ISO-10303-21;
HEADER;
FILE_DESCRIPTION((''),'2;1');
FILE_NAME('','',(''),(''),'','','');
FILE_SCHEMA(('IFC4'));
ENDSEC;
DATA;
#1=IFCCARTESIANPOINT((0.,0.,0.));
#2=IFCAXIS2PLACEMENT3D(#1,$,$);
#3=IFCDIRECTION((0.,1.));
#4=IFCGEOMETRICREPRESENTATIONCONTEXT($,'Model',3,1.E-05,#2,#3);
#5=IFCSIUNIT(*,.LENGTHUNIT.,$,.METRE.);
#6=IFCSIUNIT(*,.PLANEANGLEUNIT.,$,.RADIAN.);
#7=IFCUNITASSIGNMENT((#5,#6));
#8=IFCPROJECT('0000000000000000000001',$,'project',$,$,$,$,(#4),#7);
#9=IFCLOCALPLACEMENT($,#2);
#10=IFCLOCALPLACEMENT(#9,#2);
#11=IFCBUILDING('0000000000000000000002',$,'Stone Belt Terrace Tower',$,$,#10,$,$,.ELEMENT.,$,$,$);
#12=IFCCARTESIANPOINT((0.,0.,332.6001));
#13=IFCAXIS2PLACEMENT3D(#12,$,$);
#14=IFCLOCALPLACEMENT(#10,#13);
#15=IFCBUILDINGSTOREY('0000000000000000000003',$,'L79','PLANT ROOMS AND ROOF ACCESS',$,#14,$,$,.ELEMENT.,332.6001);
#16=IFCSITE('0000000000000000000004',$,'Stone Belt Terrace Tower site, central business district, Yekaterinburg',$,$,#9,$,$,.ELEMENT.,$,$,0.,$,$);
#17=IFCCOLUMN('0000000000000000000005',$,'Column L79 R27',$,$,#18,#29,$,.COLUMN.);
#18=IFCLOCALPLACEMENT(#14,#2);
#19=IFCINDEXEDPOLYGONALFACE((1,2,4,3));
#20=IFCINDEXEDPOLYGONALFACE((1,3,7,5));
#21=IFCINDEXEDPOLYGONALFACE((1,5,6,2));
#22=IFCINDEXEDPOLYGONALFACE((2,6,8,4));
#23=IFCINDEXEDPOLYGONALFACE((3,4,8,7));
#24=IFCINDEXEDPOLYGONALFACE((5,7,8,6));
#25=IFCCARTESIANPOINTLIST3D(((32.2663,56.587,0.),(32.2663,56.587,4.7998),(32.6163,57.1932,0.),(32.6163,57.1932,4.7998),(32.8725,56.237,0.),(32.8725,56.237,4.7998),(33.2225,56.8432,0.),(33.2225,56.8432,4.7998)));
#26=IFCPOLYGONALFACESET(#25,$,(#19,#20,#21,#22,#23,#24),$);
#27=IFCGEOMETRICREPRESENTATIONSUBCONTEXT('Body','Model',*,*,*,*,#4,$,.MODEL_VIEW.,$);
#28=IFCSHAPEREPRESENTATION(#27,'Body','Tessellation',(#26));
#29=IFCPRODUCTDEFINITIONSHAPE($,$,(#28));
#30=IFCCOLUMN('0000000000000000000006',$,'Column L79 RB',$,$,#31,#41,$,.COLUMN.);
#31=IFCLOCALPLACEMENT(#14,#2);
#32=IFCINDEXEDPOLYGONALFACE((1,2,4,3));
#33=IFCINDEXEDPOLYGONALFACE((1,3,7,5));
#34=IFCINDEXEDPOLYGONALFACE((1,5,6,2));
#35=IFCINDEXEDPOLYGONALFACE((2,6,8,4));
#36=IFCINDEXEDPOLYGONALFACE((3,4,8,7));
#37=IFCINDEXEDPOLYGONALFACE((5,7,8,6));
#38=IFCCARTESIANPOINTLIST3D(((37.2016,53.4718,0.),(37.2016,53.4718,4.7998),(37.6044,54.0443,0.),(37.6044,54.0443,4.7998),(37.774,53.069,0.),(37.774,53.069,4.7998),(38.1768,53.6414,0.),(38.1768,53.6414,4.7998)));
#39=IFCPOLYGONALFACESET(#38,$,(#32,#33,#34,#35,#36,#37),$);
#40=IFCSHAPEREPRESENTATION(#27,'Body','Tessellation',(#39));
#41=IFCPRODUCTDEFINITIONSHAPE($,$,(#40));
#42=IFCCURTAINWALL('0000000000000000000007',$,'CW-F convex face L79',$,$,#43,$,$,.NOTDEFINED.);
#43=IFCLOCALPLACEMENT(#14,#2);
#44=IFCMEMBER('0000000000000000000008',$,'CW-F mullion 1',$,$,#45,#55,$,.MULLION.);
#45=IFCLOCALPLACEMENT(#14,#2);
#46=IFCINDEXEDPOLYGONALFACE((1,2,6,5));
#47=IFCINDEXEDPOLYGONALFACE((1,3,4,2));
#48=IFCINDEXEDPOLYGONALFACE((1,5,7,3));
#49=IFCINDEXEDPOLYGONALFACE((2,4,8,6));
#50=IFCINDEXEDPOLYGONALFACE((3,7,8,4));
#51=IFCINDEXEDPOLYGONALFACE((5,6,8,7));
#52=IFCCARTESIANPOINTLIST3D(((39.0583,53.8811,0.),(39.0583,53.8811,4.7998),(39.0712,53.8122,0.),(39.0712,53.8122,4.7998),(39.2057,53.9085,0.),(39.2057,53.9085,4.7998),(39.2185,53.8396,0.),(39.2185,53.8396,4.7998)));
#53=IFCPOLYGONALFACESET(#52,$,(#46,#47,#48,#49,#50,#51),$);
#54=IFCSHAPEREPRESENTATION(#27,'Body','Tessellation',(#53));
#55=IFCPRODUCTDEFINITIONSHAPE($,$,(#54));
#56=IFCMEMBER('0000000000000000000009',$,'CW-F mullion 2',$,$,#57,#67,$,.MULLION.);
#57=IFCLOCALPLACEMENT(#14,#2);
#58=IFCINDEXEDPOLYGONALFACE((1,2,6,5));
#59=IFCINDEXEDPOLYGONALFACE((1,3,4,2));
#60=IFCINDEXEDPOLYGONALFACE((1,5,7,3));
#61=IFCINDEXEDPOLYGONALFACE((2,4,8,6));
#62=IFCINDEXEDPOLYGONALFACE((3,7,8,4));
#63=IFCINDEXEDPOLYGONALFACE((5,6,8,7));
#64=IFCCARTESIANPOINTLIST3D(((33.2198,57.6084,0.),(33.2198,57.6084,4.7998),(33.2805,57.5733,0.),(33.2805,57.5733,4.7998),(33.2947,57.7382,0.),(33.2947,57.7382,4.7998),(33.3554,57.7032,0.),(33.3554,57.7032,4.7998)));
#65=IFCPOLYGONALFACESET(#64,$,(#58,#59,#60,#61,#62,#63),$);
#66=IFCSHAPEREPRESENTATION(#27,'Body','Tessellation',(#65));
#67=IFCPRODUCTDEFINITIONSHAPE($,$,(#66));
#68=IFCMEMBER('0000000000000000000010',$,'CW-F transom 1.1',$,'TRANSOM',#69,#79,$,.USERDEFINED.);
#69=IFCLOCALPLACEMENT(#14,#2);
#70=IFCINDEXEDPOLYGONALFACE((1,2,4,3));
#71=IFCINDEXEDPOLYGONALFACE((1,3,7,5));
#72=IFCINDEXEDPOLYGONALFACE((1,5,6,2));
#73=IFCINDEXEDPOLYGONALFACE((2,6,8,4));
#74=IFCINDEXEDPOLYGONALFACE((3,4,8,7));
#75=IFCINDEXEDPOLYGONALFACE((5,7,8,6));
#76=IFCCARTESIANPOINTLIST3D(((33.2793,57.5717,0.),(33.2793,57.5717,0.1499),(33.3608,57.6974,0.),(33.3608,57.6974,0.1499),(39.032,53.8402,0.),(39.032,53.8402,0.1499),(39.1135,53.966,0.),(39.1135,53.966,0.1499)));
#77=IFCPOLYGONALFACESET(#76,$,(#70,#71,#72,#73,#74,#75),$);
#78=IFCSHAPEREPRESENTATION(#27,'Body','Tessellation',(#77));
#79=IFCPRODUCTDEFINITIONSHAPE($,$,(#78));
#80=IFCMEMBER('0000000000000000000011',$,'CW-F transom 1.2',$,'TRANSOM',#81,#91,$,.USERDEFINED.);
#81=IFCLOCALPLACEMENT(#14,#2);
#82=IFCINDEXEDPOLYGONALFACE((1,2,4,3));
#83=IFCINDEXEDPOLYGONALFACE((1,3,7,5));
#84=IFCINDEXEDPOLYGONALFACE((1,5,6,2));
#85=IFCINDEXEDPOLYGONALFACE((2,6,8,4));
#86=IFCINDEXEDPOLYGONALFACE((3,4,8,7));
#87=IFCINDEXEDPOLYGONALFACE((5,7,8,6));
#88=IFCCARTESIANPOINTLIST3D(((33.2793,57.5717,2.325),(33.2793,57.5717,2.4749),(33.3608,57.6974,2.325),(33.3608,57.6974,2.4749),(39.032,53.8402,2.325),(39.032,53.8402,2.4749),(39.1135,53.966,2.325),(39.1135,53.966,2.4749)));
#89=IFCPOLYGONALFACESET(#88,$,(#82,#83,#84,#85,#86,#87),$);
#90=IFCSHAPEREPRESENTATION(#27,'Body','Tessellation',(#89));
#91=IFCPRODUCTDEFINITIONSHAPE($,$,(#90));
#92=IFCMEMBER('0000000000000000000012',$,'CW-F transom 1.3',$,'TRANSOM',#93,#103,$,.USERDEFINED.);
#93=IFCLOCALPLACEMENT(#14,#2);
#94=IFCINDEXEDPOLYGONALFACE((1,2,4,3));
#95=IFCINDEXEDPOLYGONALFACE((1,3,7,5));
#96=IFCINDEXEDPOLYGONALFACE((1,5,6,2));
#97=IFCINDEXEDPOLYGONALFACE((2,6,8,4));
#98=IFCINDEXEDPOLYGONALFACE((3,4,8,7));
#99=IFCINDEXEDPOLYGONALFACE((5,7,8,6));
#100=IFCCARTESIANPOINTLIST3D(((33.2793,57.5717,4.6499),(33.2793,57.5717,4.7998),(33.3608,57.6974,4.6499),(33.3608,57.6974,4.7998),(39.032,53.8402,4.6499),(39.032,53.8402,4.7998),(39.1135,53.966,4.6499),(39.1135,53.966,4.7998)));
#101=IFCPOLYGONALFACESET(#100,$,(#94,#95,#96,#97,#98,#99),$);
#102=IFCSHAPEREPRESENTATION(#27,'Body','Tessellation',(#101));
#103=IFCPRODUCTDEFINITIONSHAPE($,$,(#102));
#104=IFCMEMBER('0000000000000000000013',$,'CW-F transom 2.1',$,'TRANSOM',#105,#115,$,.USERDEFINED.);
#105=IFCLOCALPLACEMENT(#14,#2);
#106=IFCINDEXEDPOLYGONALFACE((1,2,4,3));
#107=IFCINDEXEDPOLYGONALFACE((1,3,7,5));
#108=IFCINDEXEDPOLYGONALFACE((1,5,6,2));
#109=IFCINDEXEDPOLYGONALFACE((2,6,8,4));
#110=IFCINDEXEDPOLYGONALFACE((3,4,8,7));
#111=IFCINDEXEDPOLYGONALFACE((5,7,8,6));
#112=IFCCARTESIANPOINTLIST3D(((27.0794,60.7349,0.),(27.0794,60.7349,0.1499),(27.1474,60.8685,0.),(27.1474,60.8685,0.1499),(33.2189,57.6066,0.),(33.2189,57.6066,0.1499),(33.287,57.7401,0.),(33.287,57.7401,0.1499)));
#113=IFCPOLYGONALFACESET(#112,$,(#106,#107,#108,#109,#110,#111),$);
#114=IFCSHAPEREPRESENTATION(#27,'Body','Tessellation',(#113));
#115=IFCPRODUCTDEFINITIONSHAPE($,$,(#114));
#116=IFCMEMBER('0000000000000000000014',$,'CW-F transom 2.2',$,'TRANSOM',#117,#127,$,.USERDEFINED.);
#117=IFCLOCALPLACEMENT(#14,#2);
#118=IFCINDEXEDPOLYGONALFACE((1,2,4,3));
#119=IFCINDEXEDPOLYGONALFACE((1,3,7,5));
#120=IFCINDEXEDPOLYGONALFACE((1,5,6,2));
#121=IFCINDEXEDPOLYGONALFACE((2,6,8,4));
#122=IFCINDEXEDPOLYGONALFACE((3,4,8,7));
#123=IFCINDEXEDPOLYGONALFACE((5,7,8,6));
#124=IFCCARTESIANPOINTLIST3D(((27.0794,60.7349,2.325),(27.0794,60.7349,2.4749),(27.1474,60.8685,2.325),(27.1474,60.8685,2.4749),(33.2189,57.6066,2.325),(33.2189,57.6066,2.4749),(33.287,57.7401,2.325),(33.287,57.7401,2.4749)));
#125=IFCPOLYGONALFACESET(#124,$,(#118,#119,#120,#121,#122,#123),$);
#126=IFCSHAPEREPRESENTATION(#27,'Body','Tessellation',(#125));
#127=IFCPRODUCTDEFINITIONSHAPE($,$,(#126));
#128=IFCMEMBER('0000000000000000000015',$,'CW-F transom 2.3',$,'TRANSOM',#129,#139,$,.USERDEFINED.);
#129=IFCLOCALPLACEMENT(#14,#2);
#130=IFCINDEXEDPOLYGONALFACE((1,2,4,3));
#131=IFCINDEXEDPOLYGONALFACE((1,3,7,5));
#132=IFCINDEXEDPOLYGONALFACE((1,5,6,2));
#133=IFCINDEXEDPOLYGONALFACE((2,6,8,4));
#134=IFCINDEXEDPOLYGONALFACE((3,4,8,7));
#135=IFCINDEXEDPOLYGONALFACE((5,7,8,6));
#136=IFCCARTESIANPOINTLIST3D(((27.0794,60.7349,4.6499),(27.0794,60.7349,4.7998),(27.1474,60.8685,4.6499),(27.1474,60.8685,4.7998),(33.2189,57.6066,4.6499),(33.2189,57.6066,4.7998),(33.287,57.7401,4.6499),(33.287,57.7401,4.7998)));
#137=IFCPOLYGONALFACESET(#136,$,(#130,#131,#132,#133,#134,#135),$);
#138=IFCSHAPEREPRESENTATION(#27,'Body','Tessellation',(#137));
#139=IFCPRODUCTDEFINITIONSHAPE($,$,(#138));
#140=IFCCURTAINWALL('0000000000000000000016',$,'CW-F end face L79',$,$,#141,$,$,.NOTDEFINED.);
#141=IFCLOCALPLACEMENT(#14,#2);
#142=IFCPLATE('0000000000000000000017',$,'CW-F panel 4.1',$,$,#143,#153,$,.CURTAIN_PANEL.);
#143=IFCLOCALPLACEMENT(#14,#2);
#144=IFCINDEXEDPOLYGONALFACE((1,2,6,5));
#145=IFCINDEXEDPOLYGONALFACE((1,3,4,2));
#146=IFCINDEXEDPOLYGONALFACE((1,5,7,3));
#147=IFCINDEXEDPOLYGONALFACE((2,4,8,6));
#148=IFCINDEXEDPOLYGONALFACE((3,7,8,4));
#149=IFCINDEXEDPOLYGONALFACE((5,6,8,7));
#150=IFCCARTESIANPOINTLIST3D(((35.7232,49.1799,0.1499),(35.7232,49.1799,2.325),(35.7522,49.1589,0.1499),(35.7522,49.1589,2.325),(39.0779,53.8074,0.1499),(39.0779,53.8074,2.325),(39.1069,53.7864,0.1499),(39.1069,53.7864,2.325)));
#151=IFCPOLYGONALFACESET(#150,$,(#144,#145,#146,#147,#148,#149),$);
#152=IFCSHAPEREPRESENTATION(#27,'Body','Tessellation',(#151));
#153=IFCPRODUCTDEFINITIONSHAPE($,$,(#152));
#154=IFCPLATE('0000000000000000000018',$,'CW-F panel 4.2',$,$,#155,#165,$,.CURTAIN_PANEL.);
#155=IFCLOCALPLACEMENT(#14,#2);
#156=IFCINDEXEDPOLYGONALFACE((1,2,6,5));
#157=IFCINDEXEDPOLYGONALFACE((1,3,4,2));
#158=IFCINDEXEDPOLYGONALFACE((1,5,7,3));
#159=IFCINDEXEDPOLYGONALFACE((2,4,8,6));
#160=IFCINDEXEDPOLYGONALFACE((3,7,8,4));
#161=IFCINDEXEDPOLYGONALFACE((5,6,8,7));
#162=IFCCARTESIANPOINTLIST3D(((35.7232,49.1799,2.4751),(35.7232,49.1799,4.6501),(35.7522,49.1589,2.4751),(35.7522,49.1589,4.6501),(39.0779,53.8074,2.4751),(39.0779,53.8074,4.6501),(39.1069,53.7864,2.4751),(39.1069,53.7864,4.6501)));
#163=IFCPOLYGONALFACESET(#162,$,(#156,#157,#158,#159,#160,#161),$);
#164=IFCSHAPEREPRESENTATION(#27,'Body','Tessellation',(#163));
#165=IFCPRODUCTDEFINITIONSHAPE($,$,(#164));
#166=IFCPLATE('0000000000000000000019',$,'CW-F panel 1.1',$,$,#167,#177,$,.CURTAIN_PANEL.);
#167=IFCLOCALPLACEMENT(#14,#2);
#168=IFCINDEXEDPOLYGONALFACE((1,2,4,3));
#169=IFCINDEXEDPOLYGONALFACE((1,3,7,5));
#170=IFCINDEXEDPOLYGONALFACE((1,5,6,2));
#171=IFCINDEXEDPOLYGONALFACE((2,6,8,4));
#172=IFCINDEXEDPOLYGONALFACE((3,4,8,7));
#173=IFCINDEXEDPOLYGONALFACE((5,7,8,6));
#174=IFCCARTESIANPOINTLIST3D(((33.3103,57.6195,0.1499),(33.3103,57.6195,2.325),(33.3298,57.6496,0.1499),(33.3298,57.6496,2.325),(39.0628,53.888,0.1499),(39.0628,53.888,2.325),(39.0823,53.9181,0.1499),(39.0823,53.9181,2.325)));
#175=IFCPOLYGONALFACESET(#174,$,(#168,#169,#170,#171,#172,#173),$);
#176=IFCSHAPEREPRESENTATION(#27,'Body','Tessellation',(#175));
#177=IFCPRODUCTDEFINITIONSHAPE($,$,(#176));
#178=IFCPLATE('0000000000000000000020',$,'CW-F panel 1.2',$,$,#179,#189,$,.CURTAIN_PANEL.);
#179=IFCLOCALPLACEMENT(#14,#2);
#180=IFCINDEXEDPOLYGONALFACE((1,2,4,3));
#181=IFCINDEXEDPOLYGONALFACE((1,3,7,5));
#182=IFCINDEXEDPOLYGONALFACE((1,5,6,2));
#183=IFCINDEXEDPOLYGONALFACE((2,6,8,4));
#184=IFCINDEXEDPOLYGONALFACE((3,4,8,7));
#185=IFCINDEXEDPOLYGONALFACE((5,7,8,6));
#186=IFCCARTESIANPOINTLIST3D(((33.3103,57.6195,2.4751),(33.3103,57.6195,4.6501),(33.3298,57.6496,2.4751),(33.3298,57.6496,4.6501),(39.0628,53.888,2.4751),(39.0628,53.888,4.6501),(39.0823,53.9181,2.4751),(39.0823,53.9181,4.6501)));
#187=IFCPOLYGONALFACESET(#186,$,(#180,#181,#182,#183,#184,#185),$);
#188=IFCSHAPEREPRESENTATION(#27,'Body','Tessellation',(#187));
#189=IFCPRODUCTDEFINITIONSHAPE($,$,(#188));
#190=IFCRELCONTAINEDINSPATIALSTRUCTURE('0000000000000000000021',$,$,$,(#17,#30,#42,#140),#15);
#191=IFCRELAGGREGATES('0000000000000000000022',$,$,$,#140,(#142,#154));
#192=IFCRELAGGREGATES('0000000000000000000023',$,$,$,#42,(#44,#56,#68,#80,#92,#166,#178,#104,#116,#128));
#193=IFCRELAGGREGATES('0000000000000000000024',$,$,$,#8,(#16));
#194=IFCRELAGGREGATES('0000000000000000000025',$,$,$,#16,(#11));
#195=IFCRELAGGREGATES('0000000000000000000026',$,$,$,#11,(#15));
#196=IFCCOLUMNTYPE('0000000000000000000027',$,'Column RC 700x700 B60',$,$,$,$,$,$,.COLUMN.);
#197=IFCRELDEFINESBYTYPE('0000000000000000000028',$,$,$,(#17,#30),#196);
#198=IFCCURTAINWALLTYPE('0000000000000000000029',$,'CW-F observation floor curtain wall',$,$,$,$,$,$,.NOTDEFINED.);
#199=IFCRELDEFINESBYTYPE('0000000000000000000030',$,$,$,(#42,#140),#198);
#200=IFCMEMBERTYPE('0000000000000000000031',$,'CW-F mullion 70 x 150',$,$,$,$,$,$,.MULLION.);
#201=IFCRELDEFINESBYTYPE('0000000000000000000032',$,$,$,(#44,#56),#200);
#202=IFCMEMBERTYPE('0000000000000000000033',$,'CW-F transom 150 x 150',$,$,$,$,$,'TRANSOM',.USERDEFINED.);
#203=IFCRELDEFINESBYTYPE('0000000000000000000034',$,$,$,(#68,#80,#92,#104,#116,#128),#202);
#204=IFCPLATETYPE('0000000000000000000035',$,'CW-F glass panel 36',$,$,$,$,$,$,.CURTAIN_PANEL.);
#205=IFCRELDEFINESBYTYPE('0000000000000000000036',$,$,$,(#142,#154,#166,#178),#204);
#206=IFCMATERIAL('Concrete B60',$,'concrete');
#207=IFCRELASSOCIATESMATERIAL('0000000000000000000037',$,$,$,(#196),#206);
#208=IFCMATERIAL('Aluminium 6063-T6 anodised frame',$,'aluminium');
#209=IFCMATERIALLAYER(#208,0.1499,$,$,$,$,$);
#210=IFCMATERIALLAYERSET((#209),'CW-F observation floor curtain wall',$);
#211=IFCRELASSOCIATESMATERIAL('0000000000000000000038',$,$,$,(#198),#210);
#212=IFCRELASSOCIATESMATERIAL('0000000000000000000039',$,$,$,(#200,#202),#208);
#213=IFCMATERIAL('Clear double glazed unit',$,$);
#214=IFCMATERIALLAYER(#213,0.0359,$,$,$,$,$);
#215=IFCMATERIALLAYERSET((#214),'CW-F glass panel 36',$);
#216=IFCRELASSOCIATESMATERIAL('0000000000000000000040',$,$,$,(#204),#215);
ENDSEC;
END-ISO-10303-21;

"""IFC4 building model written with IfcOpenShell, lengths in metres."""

from ifc_helpers import new_model, si_unit, direction, frame, origin, origin_2d, place, context, subcontext, project, spatial, rectangle, extrude, material, layer, layer_set, material_profile, profile_set, type_object, element, aggregate, save


model = new_model("IFC4")

# Units and contexts
model_context = context("Model", 3, precision=1e-05, world=origin(), true_north=direction((0.0, 1.0)))
body_context = subcontext(model_context, "Body", "Model", "MODEL_VIEW")
ifc_project = project(units=[si_unit("LENGTHUNIT", "METRE"), si_unit("PLANEANGLEUNIT", "RADIAN")], contexts=[model_context])

# Site, building, storey
site_placement = place(None, origin())
site = spatial("IfcSite", under=ifc_project, at=site_placement, Name="Stone Belt Terrace Tower site, central business district, Yekaterinburg", CompositionType="ELEMENT", RefElevation=0.0)
building_placement = place(site_placement, origin())
building = spatial("IfcBuilding", under=site, at=building_placement, Name="Stone Belt Terrace Tower", CompositionType="ELEMENT")
storey_placement = place(building_placement, frame((0.0, 0.0, 332.6001)))
storey = spatial("IfcBuildingStorey", under=building, at=storey_placement, Name="L79", Description="PLANT ROOMS AND ROOF ACCESS", CompositionType="ELEMENT", Elevation=332.6001)

# Columns
ifc_material_1 = material(Name="Concrete B60", Category="concrete")
ifc_material_profile_1 = material_profile(ifc_material_1, rectangle(XDim=0.7, YDim=0.7, at=origin_2d()), Name="RC 700x700")
ifc_profile_set_1 = profile_set([ifc_material_profile_1], Name="Concrete B60")
column_type = type_object("IfcColumnType", Name="Column RC 700x700 B60", PredefinedType="COLUMN", material=ifc_profile_set_1)
for number, where, z_axis, x_axis, name in (
    (1, (32.7444, 56.7151, 0.0), (0.0, 0.0, 1.0), (0.866025, -0.5, 0.0), "Column L79 R27"),
    (2, (37.6892, 53.5566, 0.0), (0.0, 0.0, 1.0), (0.817796, -0.575508, 0.0), "Column L79 RB"),
):
    element("IfcColumn", number, at=place(storey_placement, frame(where, z_axis=z_axis, x_axis=x_axis)), inside=storey, type_object=column_type, Name=name, PredefinedType="COLUMN", context=body_context, shape_type="SweptSolid", body=[
        extrude(rectangle(XDim=0.7, YDim=0.7, at=origin_2d()), origin(), (0.0, 0.0, 1.0), 4.7998),
    ])

# Curtain wall, members
ifc_material_2 = material(Name="Aluminium 6063-T6 anodised frame", Category="aluminium")
ifc_layer_1 = layer(ifc_material_2, 0.1499)
ifc_layer_set_1 = layer_set([ifc_layer_1], Name="CW-F observation floor curtain wall")
curtain_wall_type = type_object("IfcCurtainWallType", Name="CW-F observation floor curtain wall", PredefinedType="NOTDEFINED", material=ifc_layer_set_1)
curtain_wall_1_placement = place(storey_placement, origin())
curtain_wall_1 = element("IfcCurtainWall", 3, at=curtain_wall_1_placement, inside=storey, type_object=curtain_wall_type, Name="CW-F convex face L79", PredefinedType="NOTDEFINED")
ifc_material_profile_2 = material_profile(ifc_material_2, rectangle(XDim=0.1499, YDim=0.0701, at=origin_2d()), Name="Aluminium 6063-T6 70x150")
ifc_profile_set_2 = profile_set([ifc_material_profile_2], Name="Aluminium 6063-T6 anodised frame")
member_type_1 = type_object("IfcMemberType", Name="CW-F mullion 70 x 150", PredefinedType="MULLION", material=ifc_profile_set_2)
member_1_placement = place(storey_placement, frame((39.1384, 53.8604, 0.0), z_axis=(0.0, 0.0, 1.0), x_axis=(-0.983112, -0.183007, 0.0)))
member_1 = element("IfcMember", 4, at=member_1_placement, type_object=member_type_1, Name="CW-F mullion 1", PredefinedType="MULLION", context=body_context, shape_type="SweptSolid", body=[
    extrude(rectangle(XDim=0.1499, YDim=0.0701, at=origin_2d()), origin(), (0.0, 0.0, 1.0), 4.7998),
])
member_2_placement = place(storey_placement, frame((33.2876, 57.6558, 0.0), z_axis=(0.0, 0.0, 1.0), x_axis=(-0.499774, -0.866156, 0.0)))
member_2 = element("IfcMember", 5, at=member_2_placement, type_object=member_type_1, Name="CW-F mullion 2", PredefinedType="MULLION", context=body_context, shape_type="SweptSolid", body=[
    extrude(rectangle(XDim=0.1499, YDim=0.0701, at=origin_2d()), origin(), (0.0, 0.0, 1.0), 4.7998),
])
ifc_material_profile_3 = material_profile(ifc_material_2, rectangle(XDim=0.1499, YDim=0.1499, at=origin_2d()), Name="Aluminium 6063-T6 150x150")
ifc_profile_set_3 = profile_set([ifc_material_profile_3], Name="Aluminium 6063-T6 anodised frame")
member_type_2 = type_object("IfcMemberType", Name="CW-F transom 150 x 150", ElementType="TRANSOM", PredefinedType="USERDEFINED", material=ifc_profile_set_3)
member_3_placement = place(storey_placement, frame((39.0728, 53.9031, 0.075), z_axis=(-0.838963, 0.544188, 0.0), x_axis=(-0.544188, -0.838963, 0.0)))
member_3 = element("IfcMember", 6, at=member_3_placement, type_object=member_type_2, Name="CW-F transom 1.1", ObjectType="TRANSOM", PredefinedType="USERDEFINED", context=body_context, shape_type="SweptSolid", body=[
    extrude(rectangle(XDim=0.1499, YDim=0.1499, at=origin_2d()), origin(), (0.0, 0.0, 1.0), 6.8569),
])
member_4_placement = place(storey_placement, frame((39.0728, 53.9031, 2.3999), z_axis=(-0.838963, 0.544188, 0.0), x_axis=(-0.544188, -0.838963, 0.0)))
member_4 = element("IfcMember", 7, at=member_4_placement, type_object=member_type_2, Name="CW-F transom 1.2", ObjectType="TRANSOM", PredefinedType="USERDEFINED", context=body_context, shape_type="SweptSolid", body=[
    extrude(rectangle(XDim=0.1499, YDim=0.1499, at=origin_2d()), origin(), (0.0, 0.0, 1.0), 6.8569),
])
member_5_placement = place(storey_placement, frame((39.0728, 53.9031, 4.7249), z_axis=(-0.838963, 0.544188, 0.0), x_axis=(-0.544188, -0.838963, 0.0)))
member_5 = element("IfcMember", 8, at=member_5_placement, type_object=member_type_2, Name="CW-F transom 1.3", ObjectType="TRANSOM", PredefinedType="USERDEFINED", context=body_context, shape_type="SweptSolid", body=[
    extrude(rectangle(XDim=0.1499, YDim=0.1499, at=origin_2d()), origin(), (0.0, 0.0, 1.0), 6.8569),
])
member_6_placement = place(storey_placement, frame((33.2529, 57.6733, 0.075), z_axis=(-0.891, 0.454003, 0.0), x_axis=(-0.454003, -0.891, 0.0)))
member_6 = element("IfcMember", 9, at=member_6_placement, type_object=member_type_2, Name="CW-F transom 2.1", ObjectType="TRANSOM", PredefinedType="USERDEFINED", context=body_context, shape_type="SweptSolid", body=[
    extrude(rectangle(XDim=0.1499, YDim=0.1499, at=origin_2d()), origin(), (0.0, 0.0, 1.0), 6.8906),
])
member_7_placement = place(storey_placement, frame((33.2529, 57.6733, 2.3999), z_axis=(-0.891, 0.454003, 0.0), x_axis=(-0.454003, -0.891, 0.0)))
member_7 = element("IfcMember", 10, at=member_7_placement, type_object=member_type_2, Name="CW-F transom 2.2", ObjectType="TRANSOM", PredefinedType="USERDEFINED", context=body_context, shape_type="SweptSolid", body=[
    extrude(rectangle(XDim=0.1499, YDim=0.1499, at=origin_2d()), origin(), (0.0, 0.0, 1.0), 6.8906),
])
member_8_placement = place(storey_placement, frame((33.2529, 57.6733, 4.7249), z_axis=(-0.891, 0.454003, 0.0), x_axis=(-0.454003, -0.891, 0.0)))
member_8 = element("IfcMember", 11, at=member_8_placement, type_object=member_type_2, Name="CW-F transom 2.3", ObjectType="TRANSOM", PredefinedType="USERDEFINED", context=body_context, shape_type="SweptSolid", body=[
    extrude(rectangle(XDim=0.1499, YDim=0.1499, at=origin_2d()), origin(), (0.0, 0.0, 1.0), 6.8906),
])

# Curtain wall, plates
curtain_wall_2_placement = place(storey_placement, origin())
curtain_wall_2 = element("IfcCurtainWall", 12, at=curtain_wall_2_placement, inside=storey, type_object=curtain_wall_type, Name="CW-F end face L79", PredefinedType="NOTDEFINED")
ifc_material_3 = material(Name="Clear double glazed unit")
ifc_layer_2 = layer(ifc_material_3, 0.0359)
ifc_layer_set_2 = layer_set([ifc_layer_2], Name="CW-F glass panel 36")
plate_type = type_object("IfcPlateType", Name="CW-F glass panel 36", PredefinedType="CURTAIN_PANEL", material=ifc_layer_set_2)
plate_1_placement = place(storey_placement, frame((37.415, 51.4832, 0.1499), z_axis=(0.0, 0.0, 1.0), x_axis=(0.586939, 0.809631, 0.0)))
plate_1 = element("IfcPlate", 13, at=plate_1_placement, type_object=plate_type, Name="CW-F panel 4.1", PredefinedType="CURTAIN_PANEL", context=body_context, shape_type="SweptSolid", body=[
    extrude(rectangle(XDim=5.7156, YDim=0.0359, at=origin_2d()), origin(), (0.0, 0.0, 1.0), 2.175),
])
plate_2_placement = place(storey_placement, frame((37.415, 51.4832, 2.4751), z_axis=(0.0, 0.0, 1.0), x_axis=(0.586939, 0.809631, 0.0)))
plate_2 = element("IfcPlate", 14, at=plate_2_placement, type_object=plate_type, Name="CW-F panel 4.2", PredefinedType="CURTAIN_PANEL", context=body_context, shape_type="SweptSolid", body=[
    extrude(rectangle(XDim=5.7156, YDim=0.0359, at=origin_2d()), origin(), (0.0, 0.0, 1.0), 2.175),
])
aggregate(curtain_wall_2, [plate_1, plate_2])

# Plates
plate_3_placement = place(storey_placement, frame((36.1963, 55.7688, 0.1499), z_axis=(0.0, 0.0, 1.0), x_axis=(-0.838955, 0.5442, 0.0)))
plate_3 = element("IfcPlate", 15, at=plate_3_placement, type_object=plate_type, Name="CW-F panel 1.1", PredefinedType="CURTAIN_PANEL", context=body_context, shape_type="SweptSolid", body=[
    extrude(rectangle(XDim=6.8567, YDim=0.0359, at=origin_2d()), origin(), (0.0, 0.0, 1.0), 2.175),
])
plate_4_placement = place(storey_placement, frame((36.1963, 55.7688, 2.4751), z_axis=(0.0, 0.0, 1.0), x_axis=(-0.838955, 0.5442, 0.0)))
plate_4 = element("IfcPlate", 16, at=plate_4_placement, type_object=plate_type, Name="CW-F panel 1.2", PredefinedType="CURTAIN_PANEL", context=body_context, shape_type="SweptSolid", body=[
    extrude(rectangle(XDim=6.8567, YDim=0.0359, at=origin_2d()), origin(), (0.0, 0.0, 1.0), 2.175),
])
aggregate(curtain_wall_1, [member_1, member_2, member_3, member_4, member_5, plate_3, plate_4, member_6, member_7, member_8])

save(model, "model.ifc")
